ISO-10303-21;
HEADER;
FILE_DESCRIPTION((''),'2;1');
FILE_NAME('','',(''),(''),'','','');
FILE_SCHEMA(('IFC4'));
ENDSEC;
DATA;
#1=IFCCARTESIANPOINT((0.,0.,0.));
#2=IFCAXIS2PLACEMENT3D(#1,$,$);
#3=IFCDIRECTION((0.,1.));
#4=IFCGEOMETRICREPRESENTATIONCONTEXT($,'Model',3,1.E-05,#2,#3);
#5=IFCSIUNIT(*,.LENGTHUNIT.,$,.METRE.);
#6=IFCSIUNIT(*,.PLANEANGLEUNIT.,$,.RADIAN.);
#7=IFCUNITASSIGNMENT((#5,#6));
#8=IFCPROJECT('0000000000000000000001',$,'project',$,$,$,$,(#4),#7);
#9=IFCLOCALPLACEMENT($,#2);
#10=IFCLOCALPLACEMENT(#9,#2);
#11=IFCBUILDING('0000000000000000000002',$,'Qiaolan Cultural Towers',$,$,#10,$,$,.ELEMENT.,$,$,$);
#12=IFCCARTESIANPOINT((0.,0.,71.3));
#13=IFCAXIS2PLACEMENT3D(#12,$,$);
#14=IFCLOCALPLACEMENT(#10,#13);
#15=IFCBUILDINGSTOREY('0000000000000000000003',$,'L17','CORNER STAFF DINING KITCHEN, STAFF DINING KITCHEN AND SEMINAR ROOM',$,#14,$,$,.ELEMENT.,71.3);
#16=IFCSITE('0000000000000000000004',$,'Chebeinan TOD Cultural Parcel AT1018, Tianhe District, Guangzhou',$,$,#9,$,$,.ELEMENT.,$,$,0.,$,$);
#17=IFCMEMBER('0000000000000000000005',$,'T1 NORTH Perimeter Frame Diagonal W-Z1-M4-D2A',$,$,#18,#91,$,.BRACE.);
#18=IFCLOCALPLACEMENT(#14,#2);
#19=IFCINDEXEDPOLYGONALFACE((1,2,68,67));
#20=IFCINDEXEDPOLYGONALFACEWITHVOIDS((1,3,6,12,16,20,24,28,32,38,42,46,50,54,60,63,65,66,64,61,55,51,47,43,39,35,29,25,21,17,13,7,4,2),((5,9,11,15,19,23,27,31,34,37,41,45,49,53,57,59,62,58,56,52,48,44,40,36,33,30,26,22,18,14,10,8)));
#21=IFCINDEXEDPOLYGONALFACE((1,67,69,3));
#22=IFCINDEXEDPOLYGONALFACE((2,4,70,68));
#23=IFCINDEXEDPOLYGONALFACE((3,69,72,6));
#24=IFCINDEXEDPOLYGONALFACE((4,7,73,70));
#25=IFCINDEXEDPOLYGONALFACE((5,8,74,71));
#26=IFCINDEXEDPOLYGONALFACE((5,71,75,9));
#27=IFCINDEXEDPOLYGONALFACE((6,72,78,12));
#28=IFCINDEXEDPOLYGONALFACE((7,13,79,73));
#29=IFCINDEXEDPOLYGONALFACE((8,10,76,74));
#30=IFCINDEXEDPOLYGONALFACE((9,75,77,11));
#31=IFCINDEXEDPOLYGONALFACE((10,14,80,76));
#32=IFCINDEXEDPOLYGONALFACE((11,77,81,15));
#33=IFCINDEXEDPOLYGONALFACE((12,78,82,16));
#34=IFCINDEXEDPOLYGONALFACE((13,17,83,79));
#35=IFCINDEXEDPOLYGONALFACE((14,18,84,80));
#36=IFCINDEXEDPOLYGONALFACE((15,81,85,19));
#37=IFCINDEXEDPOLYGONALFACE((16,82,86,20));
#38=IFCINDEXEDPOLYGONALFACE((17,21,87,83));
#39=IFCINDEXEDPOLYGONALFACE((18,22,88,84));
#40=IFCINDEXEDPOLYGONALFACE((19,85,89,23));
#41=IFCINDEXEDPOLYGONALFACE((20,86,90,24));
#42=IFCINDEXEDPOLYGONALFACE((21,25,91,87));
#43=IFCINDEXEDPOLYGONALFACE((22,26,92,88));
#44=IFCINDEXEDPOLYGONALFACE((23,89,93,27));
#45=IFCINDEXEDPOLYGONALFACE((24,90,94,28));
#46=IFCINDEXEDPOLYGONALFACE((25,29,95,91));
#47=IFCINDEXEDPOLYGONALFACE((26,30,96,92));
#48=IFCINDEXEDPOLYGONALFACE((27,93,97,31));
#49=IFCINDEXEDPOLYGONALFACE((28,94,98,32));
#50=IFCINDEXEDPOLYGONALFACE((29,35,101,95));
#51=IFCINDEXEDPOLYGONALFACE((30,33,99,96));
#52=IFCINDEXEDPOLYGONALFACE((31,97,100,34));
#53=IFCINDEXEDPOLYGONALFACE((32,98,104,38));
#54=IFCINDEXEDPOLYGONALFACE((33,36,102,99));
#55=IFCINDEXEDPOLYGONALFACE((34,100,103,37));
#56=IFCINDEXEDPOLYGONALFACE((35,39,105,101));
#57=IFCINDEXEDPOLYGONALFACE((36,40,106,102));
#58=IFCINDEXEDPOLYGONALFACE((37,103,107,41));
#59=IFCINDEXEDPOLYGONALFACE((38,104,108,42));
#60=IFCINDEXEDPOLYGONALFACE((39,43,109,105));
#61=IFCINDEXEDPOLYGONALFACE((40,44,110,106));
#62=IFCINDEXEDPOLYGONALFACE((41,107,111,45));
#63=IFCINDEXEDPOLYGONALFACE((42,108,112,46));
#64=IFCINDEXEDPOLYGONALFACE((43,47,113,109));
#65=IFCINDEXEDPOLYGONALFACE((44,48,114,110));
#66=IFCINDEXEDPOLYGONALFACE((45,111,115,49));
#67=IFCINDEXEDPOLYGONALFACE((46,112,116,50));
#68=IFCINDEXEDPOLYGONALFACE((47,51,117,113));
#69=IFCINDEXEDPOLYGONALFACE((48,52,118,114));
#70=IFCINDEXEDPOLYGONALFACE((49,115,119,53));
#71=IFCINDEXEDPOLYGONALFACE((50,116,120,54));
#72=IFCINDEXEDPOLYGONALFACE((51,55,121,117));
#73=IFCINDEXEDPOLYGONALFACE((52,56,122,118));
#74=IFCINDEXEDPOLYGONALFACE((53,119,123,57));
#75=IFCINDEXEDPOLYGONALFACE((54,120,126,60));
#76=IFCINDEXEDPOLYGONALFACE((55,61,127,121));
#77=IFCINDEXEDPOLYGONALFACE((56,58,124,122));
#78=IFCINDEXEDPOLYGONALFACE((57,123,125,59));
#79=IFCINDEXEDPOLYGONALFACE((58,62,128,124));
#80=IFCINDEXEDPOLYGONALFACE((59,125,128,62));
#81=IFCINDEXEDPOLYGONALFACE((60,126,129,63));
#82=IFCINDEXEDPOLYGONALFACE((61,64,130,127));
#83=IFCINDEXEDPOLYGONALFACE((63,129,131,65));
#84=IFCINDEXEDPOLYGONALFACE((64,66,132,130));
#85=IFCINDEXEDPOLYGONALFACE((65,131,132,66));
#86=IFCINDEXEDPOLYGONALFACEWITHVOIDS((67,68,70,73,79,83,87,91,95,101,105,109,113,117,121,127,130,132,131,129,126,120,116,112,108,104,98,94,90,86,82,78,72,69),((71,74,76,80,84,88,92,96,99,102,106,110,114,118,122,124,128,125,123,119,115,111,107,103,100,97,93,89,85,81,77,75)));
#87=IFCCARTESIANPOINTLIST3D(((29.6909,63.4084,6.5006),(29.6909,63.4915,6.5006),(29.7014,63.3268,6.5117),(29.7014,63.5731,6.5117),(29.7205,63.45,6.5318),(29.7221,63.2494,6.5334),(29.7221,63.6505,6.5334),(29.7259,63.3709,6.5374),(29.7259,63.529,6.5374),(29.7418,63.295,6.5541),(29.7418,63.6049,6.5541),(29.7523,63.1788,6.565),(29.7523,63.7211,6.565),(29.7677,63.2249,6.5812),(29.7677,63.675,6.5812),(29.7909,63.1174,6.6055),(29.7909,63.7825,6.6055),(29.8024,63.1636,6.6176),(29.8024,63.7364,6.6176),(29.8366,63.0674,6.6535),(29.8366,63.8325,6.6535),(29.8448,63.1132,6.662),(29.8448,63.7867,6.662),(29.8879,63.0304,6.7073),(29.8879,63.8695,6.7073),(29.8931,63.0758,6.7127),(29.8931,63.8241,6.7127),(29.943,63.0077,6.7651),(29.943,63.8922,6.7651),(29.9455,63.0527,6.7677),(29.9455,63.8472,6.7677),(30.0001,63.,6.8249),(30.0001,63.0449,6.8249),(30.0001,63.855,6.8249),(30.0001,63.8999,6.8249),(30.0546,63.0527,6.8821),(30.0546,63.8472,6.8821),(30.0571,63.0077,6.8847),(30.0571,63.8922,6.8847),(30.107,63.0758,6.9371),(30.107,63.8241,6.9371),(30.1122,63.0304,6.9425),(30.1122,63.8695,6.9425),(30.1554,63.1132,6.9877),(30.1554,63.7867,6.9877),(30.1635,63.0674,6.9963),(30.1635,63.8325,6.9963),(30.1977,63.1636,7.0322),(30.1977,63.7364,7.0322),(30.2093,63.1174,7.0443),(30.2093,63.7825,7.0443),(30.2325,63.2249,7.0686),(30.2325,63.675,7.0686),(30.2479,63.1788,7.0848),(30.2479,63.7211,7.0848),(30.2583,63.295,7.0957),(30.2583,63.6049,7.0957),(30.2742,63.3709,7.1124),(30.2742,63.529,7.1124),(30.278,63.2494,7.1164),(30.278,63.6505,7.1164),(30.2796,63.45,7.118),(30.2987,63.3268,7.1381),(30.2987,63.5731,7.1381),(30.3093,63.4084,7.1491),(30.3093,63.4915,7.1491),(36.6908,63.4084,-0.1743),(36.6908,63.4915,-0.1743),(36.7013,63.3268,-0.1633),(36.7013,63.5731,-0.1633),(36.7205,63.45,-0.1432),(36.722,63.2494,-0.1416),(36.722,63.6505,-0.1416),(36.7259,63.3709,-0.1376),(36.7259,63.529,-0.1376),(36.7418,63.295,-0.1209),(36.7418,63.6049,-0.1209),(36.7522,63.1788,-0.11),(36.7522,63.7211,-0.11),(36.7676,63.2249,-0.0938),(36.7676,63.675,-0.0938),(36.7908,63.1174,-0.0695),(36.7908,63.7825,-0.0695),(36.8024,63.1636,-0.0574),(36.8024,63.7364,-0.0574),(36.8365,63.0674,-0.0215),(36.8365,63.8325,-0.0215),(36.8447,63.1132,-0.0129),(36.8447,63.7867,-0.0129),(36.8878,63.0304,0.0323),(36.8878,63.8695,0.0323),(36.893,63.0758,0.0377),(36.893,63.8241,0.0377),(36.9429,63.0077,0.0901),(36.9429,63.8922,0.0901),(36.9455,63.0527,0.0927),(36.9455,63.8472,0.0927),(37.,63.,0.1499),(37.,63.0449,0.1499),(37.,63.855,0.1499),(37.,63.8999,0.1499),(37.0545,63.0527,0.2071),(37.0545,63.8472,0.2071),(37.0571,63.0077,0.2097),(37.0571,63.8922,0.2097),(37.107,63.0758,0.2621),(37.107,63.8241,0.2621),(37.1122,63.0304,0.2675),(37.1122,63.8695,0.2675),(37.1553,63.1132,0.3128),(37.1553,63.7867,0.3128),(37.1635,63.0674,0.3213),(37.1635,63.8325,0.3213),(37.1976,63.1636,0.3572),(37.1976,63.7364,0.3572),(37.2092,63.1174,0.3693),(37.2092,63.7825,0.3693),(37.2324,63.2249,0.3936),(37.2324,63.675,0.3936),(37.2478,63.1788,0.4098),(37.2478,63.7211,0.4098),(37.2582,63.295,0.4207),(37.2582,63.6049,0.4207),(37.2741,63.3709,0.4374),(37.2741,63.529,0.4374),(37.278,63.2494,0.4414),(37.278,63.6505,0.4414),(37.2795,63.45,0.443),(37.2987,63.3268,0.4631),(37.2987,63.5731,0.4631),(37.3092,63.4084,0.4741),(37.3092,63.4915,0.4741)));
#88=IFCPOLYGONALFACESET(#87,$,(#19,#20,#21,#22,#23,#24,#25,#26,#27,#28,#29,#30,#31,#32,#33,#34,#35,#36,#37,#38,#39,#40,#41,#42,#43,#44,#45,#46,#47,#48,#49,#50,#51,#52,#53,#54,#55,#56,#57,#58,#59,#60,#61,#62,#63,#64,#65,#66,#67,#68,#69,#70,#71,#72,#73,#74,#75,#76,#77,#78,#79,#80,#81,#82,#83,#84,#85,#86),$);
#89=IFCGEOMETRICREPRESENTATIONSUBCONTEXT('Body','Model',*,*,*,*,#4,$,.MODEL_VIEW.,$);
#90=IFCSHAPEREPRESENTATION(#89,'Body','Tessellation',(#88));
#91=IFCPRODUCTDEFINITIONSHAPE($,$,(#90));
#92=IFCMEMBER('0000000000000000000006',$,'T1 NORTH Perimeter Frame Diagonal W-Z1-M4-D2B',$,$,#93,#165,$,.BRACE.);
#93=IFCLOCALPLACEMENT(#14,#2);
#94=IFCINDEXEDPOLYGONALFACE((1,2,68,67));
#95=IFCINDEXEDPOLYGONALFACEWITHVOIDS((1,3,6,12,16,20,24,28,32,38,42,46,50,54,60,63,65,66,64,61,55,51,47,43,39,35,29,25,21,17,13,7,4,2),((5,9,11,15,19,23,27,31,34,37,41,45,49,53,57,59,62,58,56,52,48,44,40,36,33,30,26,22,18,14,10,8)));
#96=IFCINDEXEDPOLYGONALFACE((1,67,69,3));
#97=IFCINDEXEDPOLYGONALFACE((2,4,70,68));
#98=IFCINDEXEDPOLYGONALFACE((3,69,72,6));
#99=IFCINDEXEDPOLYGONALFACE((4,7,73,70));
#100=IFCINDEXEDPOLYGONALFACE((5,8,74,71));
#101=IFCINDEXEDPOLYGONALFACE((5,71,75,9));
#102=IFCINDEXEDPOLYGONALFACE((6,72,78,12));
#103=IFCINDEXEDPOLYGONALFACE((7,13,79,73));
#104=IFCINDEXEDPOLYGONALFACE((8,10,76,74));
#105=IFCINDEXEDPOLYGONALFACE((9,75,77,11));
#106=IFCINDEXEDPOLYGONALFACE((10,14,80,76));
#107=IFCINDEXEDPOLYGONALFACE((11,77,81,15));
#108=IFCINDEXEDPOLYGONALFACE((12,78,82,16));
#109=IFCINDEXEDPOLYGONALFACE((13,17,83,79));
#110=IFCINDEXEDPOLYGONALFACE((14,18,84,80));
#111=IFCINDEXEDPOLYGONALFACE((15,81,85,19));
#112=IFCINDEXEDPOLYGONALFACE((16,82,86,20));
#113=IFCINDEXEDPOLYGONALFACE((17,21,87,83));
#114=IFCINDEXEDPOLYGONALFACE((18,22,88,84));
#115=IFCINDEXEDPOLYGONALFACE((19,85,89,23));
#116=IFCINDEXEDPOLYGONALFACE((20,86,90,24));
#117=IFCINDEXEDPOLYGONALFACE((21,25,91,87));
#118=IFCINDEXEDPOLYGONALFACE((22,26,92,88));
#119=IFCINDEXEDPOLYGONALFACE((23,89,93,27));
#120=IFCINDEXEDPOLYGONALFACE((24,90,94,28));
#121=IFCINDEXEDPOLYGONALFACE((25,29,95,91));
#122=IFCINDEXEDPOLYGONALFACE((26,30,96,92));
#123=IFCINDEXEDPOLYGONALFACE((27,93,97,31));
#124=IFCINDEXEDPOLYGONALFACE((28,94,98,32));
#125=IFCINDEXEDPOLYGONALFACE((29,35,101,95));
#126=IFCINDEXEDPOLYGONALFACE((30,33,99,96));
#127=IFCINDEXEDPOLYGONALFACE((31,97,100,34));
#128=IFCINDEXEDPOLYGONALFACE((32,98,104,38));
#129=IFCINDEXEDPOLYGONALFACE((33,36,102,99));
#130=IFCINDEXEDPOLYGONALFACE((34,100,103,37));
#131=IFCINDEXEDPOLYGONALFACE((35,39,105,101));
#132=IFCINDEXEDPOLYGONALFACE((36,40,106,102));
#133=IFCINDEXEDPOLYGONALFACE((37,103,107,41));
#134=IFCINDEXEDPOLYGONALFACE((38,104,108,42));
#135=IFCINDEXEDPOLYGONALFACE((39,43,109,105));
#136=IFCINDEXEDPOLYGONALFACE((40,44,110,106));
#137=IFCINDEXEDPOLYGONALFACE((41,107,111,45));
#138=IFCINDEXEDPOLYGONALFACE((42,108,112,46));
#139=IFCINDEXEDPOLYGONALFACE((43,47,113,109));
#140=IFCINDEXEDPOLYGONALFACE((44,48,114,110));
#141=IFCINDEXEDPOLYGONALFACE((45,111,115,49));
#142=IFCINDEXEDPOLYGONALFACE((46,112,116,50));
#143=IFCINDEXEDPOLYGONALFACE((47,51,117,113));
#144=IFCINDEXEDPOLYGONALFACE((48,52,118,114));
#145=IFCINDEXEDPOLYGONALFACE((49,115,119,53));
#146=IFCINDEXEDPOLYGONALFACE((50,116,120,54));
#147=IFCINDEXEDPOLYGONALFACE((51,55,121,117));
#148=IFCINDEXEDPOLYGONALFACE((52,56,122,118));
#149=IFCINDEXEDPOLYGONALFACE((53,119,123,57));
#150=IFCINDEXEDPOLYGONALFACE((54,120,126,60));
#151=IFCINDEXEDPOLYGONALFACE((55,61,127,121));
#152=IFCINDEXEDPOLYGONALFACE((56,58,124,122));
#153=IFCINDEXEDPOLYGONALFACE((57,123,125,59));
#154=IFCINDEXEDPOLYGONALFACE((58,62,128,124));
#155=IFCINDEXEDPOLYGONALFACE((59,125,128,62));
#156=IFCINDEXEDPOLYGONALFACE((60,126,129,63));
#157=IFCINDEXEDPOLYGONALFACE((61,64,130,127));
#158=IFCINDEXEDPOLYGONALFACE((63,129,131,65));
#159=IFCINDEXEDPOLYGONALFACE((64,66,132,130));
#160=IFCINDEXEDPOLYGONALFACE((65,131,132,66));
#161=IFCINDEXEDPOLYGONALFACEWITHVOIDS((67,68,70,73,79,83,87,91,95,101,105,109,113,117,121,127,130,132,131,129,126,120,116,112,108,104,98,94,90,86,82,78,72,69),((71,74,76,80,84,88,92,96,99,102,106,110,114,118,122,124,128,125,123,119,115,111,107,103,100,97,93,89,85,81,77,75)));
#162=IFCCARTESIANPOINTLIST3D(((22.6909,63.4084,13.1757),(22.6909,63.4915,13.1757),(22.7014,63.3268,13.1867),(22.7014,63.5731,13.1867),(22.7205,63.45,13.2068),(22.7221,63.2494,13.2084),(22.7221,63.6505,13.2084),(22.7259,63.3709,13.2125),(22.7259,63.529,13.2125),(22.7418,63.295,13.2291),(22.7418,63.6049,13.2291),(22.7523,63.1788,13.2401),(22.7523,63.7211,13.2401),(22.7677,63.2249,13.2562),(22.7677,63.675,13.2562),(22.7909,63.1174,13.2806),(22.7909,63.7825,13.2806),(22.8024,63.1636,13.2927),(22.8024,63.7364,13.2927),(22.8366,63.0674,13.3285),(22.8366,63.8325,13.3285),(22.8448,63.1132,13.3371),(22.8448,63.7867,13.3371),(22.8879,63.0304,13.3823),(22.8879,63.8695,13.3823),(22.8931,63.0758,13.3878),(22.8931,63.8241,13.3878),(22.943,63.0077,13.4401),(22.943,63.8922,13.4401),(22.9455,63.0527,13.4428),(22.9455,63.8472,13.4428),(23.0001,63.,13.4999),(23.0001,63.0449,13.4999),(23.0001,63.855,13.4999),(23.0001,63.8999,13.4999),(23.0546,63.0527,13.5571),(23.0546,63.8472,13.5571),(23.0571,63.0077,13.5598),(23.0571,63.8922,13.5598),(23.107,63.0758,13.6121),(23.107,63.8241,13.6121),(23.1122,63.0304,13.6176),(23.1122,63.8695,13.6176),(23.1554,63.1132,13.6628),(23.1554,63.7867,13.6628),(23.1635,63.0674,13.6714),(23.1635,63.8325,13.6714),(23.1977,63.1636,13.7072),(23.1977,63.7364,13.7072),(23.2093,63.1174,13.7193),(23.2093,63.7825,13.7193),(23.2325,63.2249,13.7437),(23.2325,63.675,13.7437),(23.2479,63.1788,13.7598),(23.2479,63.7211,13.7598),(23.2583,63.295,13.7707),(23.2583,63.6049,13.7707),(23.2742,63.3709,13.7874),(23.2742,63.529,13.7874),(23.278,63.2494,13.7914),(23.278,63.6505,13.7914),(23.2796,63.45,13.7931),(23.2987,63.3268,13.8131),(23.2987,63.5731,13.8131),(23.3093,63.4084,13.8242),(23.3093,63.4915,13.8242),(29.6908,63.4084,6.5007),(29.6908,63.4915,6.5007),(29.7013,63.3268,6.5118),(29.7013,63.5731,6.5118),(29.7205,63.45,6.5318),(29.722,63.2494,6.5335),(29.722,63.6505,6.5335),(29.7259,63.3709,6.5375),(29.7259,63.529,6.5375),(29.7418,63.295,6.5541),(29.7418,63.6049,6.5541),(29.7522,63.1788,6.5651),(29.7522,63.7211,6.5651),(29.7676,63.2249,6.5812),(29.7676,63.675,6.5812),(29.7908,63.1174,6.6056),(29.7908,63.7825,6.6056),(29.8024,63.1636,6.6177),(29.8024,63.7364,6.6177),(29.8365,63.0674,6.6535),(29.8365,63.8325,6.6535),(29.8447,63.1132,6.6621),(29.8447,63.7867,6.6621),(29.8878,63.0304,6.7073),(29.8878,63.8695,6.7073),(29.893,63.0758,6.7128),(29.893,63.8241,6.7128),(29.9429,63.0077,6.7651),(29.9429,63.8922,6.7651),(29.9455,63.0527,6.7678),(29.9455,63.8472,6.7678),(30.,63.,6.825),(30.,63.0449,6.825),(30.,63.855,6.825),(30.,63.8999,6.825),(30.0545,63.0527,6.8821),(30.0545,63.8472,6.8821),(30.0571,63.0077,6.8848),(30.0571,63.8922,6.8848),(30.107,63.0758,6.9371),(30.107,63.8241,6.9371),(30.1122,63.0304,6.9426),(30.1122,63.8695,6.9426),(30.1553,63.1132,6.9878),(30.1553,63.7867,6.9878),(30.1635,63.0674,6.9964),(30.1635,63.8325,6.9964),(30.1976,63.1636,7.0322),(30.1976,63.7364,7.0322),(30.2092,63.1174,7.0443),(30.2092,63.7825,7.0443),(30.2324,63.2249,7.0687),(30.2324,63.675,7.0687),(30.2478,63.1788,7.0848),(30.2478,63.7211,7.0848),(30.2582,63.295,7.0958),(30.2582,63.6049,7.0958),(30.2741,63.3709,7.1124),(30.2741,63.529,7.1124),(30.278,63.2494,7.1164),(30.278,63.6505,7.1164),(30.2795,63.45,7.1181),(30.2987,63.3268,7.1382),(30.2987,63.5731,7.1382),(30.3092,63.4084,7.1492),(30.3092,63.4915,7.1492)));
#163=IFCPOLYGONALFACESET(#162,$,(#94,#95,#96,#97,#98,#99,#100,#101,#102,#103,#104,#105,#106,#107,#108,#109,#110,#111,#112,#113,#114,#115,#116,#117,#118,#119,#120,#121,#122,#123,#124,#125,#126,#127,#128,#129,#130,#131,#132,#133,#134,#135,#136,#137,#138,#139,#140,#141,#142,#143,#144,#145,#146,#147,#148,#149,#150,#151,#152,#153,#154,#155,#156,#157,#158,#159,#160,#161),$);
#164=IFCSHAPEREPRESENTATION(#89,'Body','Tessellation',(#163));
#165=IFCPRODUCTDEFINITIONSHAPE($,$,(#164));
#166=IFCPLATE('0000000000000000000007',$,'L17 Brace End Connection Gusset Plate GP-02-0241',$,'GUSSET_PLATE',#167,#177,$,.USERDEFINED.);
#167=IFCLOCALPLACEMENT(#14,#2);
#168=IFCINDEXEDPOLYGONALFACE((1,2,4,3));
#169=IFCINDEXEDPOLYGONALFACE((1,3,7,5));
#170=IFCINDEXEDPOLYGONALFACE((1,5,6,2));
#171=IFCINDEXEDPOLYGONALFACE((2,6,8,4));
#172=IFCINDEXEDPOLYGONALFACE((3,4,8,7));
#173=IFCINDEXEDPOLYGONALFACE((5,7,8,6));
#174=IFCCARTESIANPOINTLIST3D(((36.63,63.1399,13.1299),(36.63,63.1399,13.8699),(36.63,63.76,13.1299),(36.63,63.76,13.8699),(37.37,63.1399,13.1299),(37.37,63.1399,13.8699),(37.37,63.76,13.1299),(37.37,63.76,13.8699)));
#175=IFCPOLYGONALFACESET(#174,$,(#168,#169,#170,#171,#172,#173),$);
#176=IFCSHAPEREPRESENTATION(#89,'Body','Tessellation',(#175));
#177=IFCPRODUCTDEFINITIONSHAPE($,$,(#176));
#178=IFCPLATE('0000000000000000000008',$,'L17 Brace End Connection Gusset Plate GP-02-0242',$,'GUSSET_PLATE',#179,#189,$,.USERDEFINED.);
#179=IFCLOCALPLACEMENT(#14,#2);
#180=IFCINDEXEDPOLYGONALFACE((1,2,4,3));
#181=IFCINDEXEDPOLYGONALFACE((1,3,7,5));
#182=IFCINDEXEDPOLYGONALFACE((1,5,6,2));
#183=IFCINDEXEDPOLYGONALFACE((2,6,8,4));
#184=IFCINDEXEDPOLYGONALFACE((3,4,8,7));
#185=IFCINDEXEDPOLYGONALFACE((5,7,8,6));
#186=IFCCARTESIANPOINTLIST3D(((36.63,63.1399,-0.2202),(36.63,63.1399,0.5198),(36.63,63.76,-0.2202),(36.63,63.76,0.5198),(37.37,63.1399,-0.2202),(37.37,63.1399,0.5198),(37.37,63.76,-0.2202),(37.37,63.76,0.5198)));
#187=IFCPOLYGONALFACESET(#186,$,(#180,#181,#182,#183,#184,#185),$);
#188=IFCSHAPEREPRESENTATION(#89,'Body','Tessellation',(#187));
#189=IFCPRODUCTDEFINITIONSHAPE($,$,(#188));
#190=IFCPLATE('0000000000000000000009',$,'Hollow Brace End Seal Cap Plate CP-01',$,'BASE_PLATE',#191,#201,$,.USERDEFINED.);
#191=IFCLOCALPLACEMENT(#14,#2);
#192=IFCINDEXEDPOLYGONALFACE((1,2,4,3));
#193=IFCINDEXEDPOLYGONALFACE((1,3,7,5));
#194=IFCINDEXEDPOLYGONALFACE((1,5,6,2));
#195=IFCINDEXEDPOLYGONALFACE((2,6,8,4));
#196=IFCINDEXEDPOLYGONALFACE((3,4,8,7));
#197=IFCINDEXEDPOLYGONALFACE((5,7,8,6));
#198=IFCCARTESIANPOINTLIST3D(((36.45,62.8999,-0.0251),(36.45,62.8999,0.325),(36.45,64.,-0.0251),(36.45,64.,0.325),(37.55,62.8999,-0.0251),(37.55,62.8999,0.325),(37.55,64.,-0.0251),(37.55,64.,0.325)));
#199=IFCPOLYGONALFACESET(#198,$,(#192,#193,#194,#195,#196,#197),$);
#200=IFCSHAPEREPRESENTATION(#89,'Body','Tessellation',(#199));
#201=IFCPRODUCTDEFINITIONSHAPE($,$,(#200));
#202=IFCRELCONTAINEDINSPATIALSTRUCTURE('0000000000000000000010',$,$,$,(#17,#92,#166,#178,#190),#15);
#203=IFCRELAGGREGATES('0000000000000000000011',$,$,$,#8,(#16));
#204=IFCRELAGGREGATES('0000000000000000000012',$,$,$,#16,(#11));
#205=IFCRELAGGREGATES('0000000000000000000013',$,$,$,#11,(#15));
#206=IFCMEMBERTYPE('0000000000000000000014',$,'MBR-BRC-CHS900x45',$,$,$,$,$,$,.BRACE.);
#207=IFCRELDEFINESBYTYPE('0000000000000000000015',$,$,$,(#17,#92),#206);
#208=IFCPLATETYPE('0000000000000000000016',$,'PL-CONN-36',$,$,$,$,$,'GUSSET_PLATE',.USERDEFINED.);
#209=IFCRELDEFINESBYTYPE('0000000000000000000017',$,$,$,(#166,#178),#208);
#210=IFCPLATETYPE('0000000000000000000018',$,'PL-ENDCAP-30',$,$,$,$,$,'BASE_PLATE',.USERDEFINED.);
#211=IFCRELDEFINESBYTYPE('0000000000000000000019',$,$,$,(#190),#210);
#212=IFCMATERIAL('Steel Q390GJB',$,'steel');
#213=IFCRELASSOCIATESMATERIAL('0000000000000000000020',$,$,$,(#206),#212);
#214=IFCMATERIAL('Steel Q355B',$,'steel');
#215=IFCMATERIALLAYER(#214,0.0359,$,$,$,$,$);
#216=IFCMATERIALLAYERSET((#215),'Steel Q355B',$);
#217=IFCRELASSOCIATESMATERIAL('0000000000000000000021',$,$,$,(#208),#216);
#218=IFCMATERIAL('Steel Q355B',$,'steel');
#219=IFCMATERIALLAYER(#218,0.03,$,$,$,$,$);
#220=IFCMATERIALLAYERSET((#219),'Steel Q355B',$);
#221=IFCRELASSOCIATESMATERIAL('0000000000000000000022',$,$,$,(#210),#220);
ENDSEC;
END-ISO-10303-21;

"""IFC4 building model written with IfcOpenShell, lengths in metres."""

from ifc_helpers import new_model, si_unit, direction, frame, origin, origin_2d, place, context, subcontext, project, spatial, rectangle, hollow_circle, extrude, material, layer, layer_set, material_profile, profile_set, type_object, element, save


model = new_model("IFC4")

# Units and contexts
model_context = context("Model", 3, precision=1e-05, world=origin(), true_north=direction((0.0, 1.0)))
body_context = subcontext(model_context, "Body", "Model", "MODEL_VIEW")
ifc_project = project(units=[si_unit("LENGTHUNIT", "METRE"), si_unit("PLANEANGLEUNIT", "RADIAN")], contexts=[model_context])

# Site, building, storey
site_placement = place(None, origin())
site = spatial("IfcSite", under=ifc_project, at=site_placement, Name="Chebeinan TOD Cultural Parcel AT1018, Tianhe District, Guangzhou", CompositionType="ELEMENT", RefElevation=0.0)
building_placement = place(site_placement, origin())
building = spatial("IfcBuilding", under=site, at=building_placement, Name="Qiaolan Cultural Towers", CompositionType="ELEMENT")
storey_placement = place(building_placement, frame((0.0, 0.0, 71.3)))
storey = spatial("IfcBuildingStorey", under=building, at=storey_placement, Name="L17", Description="CORNER STAFF DINING KITCHEN, STAFF DINING KITCHEN AND SEMINAR ROOM", CompositionType="ELEMENT", Elevation=71.3)

# Members
ifc_material_1 = material(Name="Steel Q390GJB", Category="steel")
ifc_material_profile_1 = material_profile(ifc_material_1, hollow_circle(Radius=0.45, WallThickness=0.0449, at=origin_2d()), Name="CHS900x45")
ifc_profile_set_1 = profile_set([ifc_material_profile_1], Name="Steel Q390GJB")
member_type = type_object("IfcMemberType", Name="MBR-BRC-CHS900x45", PredefinedType="BRACE", material=ifc_profile_set_1)
for number, where, z_axis, x_axis, name in (
    (1, (37.0, 63.45, 0.1499), (-0.723705, 0.0, 0.690109), (0.0, -1.0, 0.0), "T1 NORTH Perimeter Frame Diagonal W-Z1-M4-D2A"),
    (2, (30.0, 63.45, 6.825), (-0.723705, 0.0, 0.690109), (0.0, -1.0, 0.0), "T1 NORTH Perimeter Frame Diagonal W-Z1-M4-D2B"),
):
    element("IfcMember", number, at=place(storey_placement, frame(where, z_axis=z_axis, x_axis=x_axis)), inside=storey, type_object=member_type, Name=name, PredefinedType="BRACE", context=body_context, shape_type="SweptSolid", body=[
        extrude(hollow_circle(Radius=0.45, WallThickness=0.0449, at=origin_2d()), origin(), (0.0, 0.0, 1.0), 9.6724),
    ])

# Plates
ifc_material_2 = material(Name="Steel Q355B", Category="steel")
ifc_layer_1 = layer(ifc_material_2, 0.0359)
ifc_layer_set_1 = layer_set([ifc_layer_1], Name="Steel Q355B")
plate_type_1 = type_object("IfcPlateType", Name="PL-CONN-36", ElementType="GUSSET_PLATE", PredefinedType="USERDEFINED", material=ifc_layer_set_1)
for number, where, z_axis, x_axis, name in (
    (3, (37.0, 63.45, 13.1299), (0.0, 0.0, 1.0), (1.0, 0.0, 0.0), "L17 Brace End Connection Gusset Plate GP-02-0241"),
    (4, (37.0, 63.45, -0.2202), (0.0, 0.0, 1.0), (1.0, 0.0, 0.0), "L17 Brace End Connection Gusset Plate GP-02-0242"),
):
    element("IfcPlate", number, at=place(storey_placement, frame(where, z_axis=z_axis, x_axis=x_axis)), inside=storey, type_object=plate_type_1, Name=name, ObjectType="GUSSET_PLATE", PredefinedType="USERDEFINED", context=body_context, shape_type="SweptSolid", body=[
        extrude(rectangle(XDim=0.74, YDim=0.6201, at=origin_2d()), origin(), (0.0, 0.0, 1.0), 0.74),
    ])
ifc_material_3 = material(Name="Steel Q355B", Category="steel")
ifc_layer_2 = layer(ifc_material_3, 0.03)
ifc_layer_set_2 = layer_set([ifc_layer_2], Name="Steel Q355B")
plate_type_2 = type_object("IfcPlateType", Name="PL-ENDCAP-30", ElementType="BASE_PLATE", PredefinedType="USERDEFINED", material=ifc_layer_set_2)
for number, where, z_axis, x_axis, name in (
    (5, (37.0, 63.45, -0.0251), (0.0, 0.0, 1.0), (1.0, 0.0, 0.0), "Hollow Brace End Seal Cap Plate CP-01"),
):
    element("IfcPlate", number, at=place(storey_placement, frame(where, z_axis=z_axis, x_axis=x_axis)), inside=storey, type_object=plate_type_2, Name=name, ObjectType="BASE_PLATE", PredefinedType="USERDEFINED", context=body_context, shape_type="SweptSolid", body=[
        extrude(rectangle(XDim=1.1001, YDim=1.1001, at=origin_2d()), origin(), (0.0, 0.0, 1.0), 0.3501),
    ])

save(model, "model.ifc")
